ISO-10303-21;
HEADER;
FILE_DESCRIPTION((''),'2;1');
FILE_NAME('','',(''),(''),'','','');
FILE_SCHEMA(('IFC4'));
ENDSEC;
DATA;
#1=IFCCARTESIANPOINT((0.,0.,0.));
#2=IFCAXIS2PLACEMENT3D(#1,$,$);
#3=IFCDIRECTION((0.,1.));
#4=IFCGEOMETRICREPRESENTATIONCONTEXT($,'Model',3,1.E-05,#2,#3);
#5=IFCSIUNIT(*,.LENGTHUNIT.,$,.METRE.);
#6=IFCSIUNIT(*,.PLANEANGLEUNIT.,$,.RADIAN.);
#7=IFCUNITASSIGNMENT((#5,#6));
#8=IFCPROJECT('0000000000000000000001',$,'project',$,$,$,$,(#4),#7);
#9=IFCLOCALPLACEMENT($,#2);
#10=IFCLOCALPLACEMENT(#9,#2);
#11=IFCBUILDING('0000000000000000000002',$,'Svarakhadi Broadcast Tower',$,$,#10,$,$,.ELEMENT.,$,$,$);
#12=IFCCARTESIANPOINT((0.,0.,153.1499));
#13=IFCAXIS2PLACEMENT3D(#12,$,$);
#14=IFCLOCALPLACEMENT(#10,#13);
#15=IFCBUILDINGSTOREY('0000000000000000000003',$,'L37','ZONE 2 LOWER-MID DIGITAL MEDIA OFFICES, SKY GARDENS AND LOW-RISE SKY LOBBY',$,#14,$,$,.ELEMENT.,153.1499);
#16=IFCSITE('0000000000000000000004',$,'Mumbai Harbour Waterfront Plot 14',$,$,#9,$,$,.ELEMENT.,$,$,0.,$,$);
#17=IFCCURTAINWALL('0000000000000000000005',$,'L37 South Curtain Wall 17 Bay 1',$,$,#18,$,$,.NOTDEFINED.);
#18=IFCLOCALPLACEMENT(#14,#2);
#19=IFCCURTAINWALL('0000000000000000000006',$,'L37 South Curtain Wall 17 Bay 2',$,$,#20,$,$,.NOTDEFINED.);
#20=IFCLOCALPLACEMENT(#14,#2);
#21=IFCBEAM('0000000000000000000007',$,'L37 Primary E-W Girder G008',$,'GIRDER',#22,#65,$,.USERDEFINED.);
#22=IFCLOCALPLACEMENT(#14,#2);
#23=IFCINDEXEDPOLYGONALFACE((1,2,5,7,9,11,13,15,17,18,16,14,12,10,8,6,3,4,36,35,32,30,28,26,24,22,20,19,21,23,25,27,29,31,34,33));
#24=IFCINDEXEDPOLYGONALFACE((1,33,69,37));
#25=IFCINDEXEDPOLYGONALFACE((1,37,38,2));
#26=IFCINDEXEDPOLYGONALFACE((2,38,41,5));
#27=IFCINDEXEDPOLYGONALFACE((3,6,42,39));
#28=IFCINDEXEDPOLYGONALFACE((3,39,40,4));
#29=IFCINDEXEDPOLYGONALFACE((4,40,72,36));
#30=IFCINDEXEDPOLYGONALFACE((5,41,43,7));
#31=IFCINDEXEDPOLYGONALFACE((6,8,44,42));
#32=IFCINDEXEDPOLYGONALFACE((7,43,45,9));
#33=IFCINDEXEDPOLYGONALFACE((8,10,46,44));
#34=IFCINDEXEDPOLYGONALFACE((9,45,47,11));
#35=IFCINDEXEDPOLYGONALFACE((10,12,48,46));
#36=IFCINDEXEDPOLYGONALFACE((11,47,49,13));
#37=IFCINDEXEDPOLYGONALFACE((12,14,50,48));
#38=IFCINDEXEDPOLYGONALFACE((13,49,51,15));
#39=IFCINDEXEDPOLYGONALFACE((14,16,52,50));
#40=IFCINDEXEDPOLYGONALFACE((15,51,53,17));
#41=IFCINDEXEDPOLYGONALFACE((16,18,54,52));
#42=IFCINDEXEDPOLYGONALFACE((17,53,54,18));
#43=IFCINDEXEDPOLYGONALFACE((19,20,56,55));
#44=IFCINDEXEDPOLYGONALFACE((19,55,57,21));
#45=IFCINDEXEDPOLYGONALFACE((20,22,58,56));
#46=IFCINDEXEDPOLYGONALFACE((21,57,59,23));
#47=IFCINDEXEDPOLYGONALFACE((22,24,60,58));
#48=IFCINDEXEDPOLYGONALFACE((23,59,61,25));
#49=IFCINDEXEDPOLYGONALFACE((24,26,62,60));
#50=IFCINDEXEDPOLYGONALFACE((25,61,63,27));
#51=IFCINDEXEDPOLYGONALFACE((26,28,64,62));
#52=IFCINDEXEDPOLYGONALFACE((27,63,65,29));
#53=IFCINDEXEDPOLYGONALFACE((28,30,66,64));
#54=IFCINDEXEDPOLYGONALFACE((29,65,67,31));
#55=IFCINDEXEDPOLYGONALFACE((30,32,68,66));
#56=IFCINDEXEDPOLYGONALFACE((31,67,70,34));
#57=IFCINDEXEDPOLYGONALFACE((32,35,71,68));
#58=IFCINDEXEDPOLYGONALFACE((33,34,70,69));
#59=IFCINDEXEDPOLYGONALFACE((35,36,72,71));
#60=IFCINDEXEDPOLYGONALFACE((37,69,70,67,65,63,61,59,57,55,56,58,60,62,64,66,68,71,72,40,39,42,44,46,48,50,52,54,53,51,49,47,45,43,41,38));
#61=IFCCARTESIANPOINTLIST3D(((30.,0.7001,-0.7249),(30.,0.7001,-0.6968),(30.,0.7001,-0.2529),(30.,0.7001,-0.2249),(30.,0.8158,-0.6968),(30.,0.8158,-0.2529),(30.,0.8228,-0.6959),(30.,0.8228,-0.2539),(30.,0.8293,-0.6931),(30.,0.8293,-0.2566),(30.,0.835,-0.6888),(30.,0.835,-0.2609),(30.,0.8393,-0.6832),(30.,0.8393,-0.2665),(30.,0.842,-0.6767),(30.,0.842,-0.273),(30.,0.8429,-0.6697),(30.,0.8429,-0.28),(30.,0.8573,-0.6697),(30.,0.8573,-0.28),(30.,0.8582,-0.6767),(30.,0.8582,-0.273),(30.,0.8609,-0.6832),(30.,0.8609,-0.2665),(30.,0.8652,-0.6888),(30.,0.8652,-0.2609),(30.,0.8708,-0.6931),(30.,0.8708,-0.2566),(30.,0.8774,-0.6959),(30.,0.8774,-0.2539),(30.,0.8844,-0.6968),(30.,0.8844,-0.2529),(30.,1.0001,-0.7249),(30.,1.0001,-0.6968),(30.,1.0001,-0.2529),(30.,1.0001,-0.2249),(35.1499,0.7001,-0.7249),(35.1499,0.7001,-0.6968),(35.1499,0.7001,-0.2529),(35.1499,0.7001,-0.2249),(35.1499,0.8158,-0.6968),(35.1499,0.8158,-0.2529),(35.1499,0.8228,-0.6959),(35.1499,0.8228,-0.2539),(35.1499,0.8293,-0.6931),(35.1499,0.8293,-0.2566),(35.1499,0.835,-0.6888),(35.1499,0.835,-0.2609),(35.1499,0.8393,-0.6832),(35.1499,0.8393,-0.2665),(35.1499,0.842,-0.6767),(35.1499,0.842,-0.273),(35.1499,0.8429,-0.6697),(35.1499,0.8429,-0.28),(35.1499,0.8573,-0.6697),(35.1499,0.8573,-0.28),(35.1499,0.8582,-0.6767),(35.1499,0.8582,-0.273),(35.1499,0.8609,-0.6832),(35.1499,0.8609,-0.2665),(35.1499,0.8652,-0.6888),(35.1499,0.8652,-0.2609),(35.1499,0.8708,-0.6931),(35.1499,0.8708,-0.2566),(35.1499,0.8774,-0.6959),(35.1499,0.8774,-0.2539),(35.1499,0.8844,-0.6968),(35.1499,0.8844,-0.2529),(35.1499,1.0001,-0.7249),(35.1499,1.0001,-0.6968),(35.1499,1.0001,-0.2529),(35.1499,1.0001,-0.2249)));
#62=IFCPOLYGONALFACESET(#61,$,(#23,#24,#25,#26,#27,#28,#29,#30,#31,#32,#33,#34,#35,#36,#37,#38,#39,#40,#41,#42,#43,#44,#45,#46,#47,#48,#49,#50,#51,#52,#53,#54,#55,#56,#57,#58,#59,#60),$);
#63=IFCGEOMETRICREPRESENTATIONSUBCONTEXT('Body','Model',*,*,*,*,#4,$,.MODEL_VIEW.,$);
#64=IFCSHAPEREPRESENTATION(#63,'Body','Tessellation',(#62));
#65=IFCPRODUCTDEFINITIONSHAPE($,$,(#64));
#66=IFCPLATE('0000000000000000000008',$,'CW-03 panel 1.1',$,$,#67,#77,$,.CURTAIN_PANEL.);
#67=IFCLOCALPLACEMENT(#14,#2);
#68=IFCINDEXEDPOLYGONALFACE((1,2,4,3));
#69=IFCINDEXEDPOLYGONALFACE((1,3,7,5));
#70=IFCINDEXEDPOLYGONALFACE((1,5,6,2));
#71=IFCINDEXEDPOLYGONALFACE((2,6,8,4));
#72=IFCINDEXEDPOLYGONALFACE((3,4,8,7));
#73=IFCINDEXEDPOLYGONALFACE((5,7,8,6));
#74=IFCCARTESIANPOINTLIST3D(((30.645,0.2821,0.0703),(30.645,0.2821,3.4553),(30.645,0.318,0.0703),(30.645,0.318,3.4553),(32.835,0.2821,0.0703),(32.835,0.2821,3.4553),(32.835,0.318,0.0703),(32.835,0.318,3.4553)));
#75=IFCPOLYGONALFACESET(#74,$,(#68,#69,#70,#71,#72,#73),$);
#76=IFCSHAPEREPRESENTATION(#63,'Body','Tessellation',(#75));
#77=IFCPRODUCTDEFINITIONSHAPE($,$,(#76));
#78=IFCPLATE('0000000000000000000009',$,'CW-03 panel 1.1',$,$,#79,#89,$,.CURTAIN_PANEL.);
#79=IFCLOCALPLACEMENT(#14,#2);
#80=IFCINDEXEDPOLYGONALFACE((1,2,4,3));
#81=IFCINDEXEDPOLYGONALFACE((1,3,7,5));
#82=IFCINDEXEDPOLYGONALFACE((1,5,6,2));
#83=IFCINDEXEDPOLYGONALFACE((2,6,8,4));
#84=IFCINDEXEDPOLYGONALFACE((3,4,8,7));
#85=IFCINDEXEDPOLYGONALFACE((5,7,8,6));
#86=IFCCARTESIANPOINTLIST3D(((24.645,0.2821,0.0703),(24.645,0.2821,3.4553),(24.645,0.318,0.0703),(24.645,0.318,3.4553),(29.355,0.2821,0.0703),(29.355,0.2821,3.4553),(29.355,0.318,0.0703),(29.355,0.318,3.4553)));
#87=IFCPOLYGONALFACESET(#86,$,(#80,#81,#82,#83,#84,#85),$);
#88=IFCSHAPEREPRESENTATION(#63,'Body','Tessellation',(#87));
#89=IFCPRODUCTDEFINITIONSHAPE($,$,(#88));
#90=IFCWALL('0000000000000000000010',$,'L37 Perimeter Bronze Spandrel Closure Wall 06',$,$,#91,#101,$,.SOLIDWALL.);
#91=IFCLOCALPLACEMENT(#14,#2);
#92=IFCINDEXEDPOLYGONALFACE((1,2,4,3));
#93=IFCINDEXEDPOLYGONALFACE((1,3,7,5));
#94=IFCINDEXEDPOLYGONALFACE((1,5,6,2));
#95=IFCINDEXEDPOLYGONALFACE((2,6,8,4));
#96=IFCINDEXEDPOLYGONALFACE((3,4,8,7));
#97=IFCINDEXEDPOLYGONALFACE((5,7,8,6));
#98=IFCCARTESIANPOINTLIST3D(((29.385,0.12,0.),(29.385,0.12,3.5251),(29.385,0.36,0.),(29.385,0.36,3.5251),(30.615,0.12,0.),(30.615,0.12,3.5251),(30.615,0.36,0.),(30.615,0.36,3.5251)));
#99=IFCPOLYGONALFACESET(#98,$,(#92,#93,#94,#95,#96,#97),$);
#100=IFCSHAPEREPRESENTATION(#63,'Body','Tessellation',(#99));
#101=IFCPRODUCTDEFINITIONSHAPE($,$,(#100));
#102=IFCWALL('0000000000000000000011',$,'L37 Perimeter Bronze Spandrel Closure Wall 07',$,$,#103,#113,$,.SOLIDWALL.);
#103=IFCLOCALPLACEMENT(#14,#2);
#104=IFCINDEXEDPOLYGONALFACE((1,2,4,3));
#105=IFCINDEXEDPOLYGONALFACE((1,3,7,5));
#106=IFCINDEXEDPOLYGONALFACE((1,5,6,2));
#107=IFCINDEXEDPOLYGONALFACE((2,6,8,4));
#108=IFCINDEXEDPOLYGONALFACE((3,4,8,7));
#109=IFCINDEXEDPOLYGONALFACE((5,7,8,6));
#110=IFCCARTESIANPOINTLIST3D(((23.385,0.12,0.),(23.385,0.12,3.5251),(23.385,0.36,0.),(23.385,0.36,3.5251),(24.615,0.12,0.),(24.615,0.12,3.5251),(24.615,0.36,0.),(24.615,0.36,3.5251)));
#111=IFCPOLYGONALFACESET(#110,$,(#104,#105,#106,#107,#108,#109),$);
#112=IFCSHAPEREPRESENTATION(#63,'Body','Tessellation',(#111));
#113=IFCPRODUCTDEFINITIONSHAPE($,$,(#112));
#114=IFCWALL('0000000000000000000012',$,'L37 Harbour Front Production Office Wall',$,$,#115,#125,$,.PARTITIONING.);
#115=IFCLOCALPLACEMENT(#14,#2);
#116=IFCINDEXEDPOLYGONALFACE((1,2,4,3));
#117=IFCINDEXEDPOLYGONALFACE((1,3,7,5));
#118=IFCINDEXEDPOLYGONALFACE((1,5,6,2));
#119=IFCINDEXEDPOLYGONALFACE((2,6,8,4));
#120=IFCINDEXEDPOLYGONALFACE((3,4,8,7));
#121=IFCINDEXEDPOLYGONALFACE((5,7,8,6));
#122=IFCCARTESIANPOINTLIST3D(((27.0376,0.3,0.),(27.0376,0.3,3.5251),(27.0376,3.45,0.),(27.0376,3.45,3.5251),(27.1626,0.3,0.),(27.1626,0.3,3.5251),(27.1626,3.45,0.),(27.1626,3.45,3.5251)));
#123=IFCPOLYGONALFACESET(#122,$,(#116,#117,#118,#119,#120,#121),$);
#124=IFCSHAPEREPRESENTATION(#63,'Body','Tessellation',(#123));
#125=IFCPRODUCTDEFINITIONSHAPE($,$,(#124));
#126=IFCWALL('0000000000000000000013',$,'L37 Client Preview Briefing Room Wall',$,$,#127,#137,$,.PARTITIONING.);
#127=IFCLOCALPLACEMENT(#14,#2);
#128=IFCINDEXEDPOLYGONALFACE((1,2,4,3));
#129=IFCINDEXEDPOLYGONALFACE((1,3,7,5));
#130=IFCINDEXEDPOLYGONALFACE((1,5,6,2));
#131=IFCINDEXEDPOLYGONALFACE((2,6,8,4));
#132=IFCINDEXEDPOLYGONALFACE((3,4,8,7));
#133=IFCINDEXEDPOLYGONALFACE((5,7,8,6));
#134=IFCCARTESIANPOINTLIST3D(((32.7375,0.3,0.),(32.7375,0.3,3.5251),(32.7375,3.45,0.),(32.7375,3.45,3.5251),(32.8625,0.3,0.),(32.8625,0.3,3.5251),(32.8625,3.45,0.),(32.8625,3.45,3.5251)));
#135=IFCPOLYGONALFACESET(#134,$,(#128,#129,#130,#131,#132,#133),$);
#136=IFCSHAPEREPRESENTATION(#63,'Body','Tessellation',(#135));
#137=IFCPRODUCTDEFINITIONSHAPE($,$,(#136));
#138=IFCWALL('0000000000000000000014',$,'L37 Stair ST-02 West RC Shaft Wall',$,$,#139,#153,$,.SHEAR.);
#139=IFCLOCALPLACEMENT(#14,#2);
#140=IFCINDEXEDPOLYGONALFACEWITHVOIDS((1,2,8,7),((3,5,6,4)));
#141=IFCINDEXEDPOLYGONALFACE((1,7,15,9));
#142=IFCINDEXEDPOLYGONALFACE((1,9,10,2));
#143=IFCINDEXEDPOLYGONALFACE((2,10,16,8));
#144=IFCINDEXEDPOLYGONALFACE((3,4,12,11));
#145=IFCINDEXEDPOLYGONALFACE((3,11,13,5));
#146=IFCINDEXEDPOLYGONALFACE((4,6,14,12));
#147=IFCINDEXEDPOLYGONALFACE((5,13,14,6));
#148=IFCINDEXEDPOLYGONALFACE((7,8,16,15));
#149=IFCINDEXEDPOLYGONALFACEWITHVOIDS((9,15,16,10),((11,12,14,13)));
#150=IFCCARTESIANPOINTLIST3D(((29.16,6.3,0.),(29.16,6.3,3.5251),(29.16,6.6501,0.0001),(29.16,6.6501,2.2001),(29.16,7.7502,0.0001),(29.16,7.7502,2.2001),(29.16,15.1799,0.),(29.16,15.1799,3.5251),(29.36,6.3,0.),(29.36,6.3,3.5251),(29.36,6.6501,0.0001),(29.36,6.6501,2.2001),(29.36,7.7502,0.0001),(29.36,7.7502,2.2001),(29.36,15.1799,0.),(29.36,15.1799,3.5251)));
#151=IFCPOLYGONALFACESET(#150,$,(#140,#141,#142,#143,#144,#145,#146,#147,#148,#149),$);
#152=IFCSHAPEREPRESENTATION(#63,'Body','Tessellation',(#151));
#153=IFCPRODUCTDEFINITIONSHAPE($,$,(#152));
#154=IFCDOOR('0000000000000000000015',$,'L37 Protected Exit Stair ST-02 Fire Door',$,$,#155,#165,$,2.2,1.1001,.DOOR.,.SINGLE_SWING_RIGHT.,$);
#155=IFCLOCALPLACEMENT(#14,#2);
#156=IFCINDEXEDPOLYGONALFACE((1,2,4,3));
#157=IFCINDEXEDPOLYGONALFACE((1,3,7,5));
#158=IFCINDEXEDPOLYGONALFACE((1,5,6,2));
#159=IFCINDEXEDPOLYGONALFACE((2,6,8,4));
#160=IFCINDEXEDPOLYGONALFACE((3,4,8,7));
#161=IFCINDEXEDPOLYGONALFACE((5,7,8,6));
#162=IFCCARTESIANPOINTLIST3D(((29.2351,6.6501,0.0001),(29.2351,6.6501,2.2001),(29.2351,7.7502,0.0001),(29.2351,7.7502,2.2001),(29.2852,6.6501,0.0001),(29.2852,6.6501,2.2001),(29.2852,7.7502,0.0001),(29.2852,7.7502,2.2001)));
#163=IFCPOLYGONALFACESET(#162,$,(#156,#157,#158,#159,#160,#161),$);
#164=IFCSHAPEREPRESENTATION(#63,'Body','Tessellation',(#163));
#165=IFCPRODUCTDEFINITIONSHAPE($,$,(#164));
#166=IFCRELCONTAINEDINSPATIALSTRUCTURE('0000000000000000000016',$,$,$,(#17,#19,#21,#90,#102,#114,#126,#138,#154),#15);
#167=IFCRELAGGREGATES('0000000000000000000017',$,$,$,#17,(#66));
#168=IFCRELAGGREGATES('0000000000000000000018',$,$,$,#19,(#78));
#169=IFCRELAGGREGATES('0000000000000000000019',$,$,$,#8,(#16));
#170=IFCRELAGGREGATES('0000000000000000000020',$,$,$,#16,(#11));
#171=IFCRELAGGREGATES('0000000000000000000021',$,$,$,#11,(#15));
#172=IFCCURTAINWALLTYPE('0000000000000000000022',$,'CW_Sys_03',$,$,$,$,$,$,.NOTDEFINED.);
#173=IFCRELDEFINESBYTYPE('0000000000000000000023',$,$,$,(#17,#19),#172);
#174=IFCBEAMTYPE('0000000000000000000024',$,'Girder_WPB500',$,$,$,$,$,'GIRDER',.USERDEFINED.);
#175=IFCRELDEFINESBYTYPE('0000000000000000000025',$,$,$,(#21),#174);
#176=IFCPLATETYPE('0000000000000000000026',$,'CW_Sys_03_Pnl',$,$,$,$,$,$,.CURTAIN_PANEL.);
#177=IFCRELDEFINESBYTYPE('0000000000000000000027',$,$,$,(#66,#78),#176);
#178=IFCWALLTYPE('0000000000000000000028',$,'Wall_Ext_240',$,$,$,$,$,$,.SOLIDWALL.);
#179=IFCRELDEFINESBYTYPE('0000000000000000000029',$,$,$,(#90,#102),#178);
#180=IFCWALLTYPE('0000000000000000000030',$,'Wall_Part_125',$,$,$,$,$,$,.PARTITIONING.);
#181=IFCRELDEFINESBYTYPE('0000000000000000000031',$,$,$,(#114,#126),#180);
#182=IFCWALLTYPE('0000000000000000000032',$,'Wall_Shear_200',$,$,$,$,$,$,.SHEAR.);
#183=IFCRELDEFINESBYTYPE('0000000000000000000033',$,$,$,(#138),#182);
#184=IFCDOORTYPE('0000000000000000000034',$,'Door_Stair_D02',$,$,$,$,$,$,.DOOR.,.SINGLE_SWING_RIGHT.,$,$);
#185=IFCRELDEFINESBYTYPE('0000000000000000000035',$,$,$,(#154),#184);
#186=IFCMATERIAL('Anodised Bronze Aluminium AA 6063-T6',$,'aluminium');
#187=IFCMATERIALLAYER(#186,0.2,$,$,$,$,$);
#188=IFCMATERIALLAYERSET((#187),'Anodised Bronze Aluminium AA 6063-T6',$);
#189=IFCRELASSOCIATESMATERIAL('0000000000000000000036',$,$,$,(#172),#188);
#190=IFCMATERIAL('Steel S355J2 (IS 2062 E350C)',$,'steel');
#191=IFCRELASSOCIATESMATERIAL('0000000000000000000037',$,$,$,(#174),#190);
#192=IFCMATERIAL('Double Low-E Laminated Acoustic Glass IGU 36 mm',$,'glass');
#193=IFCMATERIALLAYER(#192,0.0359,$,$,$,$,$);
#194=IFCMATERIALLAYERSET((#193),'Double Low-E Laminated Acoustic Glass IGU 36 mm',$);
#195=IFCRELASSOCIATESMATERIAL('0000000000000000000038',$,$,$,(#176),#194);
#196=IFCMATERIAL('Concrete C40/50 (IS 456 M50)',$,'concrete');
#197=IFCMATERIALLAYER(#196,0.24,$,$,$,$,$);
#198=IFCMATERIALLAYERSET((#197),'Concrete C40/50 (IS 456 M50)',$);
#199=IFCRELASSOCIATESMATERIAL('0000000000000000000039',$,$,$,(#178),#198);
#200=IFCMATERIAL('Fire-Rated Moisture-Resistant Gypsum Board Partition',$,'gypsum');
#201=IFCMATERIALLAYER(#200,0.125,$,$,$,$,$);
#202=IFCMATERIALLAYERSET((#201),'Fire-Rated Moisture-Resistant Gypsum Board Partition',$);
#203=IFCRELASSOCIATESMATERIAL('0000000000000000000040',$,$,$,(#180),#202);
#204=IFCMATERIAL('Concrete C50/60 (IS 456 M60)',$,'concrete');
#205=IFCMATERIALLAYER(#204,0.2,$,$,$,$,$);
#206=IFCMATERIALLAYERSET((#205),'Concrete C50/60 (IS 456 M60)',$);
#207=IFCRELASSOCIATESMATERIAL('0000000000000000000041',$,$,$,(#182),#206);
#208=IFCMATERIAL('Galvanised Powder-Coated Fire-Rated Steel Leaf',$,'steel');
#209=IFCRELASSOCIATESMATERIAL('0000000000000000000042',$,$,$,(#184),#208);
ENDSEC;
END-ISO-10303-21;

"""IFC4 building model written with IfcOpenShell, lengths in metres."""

from ifc_helpers import new_model, si_unit, direction, frame, frame_2d, origin, origin_2d, place, context, subcontext, project, spatial, rectangle, i_section, extrude, material, layer, layer_set, material_profile, profile_set, type_object, element, fill, aggregate, save


model = new_model("IFC4")

# Units and contexts
model_context = context("Model", 3, precision=1e-05, world=origin(), true_north=direction((0.0, 1.0)))
body_context = subcontext(model_context, "Body", "Model", "MODEL_VIEW")
ifc_project = project(units=[si_unit("LENGTHUNIT", "METRE"), si_unit("PLANEANGLEUNIT", "RADIAN")], contexts=[model_context])

# Site, building, storey
site_placement = place(None, origin())
site = spatial("IfcSite", under=ifc_project, at=site_placement, Name="Mumbai Harbour Waterfront Plot 14", CompositionType="ELEMENT", RefElevation=0.0)
building_placement = place(site_placement, origin())
building = spatial("IfcBuilding", under=site, at=building_placement, Name="Svarakhadi Broadcast Tower", CompositionType="ELEMENT")
storey_placement = place(building_placement, frame((0.0, 0.0, 153.1499)))
storey = spatial("IfcBuildingStorey", under=building, at=storey_placement, Name="L37", Description="ZONE 2 LOWER-MID DIGITAL MEDIA OFFICES, SKY GARDENS AND LOW-RISE SKY LOBBY", CompositionType="ELEMENT", Elevation=153.1499)

# Shared definitions
ifc_material_1 = material(Name="Concrete C50/60 (IS 456 M60)", Category="concrete")

# Curtain walls
ifc_material_2 = material(Name="Anodised Bronze Aluminium AA 6063-T6", Category="aluminium")
ifc_layer_1 = layer(ifc_material_2, 0.2)
ifc_layer_set_1 = layer_set([ifc_layer_1], Name="Anodised Bronze Aluminium AA 6063-T6")
curtain_wall_type = type_object("IfcCurtainWallType", Name="CW_Sys_03", PredefinedType="NOTDEFINED", material=ifc_layer_set_1)
curtain_wall_1_placement = place(storey_placement, origin())
curtain_wall_1 = element("IfcCurtainWall", 1, at=curtain_wall_1_placement, inside=storey, type_object=curtain_wall_type, Name="L37 South Curtain Wall 17 Bay 1", PredefinedType="NOTDEFINED")
curtain_wall_2_placement = place(storey_placement, origin())
curtain_wall_2 = element("IfcCurtainWall", 2, at=curtain_wall_2_placement, inside=storey, type_object=curtain_wall_type, Name="L37 South Curtain Wall 17 Bay 2", PredefinedType="NOTDEFINED")

# Beam
ifc_material_3 = material(Name="Steel S355J2 (IS 2062 E350C)", Category="steel")
ifc_material_profile_1 = material_profile(ifc_material_3, i_section(OverallWidth=0.3, OverallDepth=0.5, WebThickness=0.0144, FlangeThickness=0.0281, FilletRadius=0.0271, at=origin_2d()), Name="WPB 500x300x187")
ifc_profile_set_1 = profile_set([ifc_material_profile_1], Name="Steel S355J2 (IS 2062 E350C)")
beam_type_1 = type_object("IfcBeamType", Name="Girder_WPB500", ElementType="GIRDER", PredefinedType="USERDEFINED", material=ifc_profile_set_1)
beam_1_placement = place(storey_placement, frame((30.0, 0.8501, -0.4749), z_axis=(1.0, 0.0, 0.0), x_axis=(0.0, 1.0, 0.0)))
element("IfcBeam", 3, at=beam_1_placement, inside=storey, type_object=beam_type_1, Name="L37 Primary E-W Girder G008", ObjectType="GIRDER", PredefinedType="USERDEFINED", context=body_context, shape_type="SweptSolid", body=[
    extrude(i_section(OverallWidth=0.3, OverallDepth=0.5, WebThickness=0.0144, FlangeThickness=0.0281, FilletRadius=0.0271, at=origin_2d()), origin(), (0.0, 0.0, 1.0), 5.1499),
])

# Plates
ifc_material_4 = material(Name="Double Low-E Laminated Acoustic Glass IGU 36 mm", Category="glass")
ifc_layer_2 = layer(ifc_material_4, 0.0359)
ifc_layer_set_2 = layer_set([ifc_layer_2], Name="Double Low-E Laminated Acoustic Glass IGU 36 mm")
plate_type = type_object("IfcPlateType", Name="CW_Sys_03_Pnl", PredefinedType="CURTAIN_PANEL", material=ifc_layer_set_2)
plate_1_placement = place(storey_placement, frame((31.74, 0.3, 0.0703), z_axis=(0.0, 0.0, 1.0), x_axis=(-1.0, 0.0, 0.0)))
plate_1 = element("IfcPlate", 4, at=plate_1_placement, type_object=plate_type, Name="CW-03 panel 1.1", PredefinedType="CURTAIN_PANEL", context=body_context, shape_type="SweptSolid", body=[
    extrude(rectangle(XDim=2.1899, YDim=0.0359, at=origin_2d()), origin(), (0.0, 0.0, 1.0), 3.385),
])
aggregate(curtain_wall_1, [plate_1])
plate_2_placement = place(storey_placement, frame((27.0, 0.3, 0.0703), z_axis=(0.0, 0.0, 1.0), x_axis=(-1.0, 0.0, 0.0)))
plate_2 = element("IfcPlate", 5, at=plate_2_placement, type_object=plate_type, Name="CW-03 panel 1.1", PredefinedType="CURTAIN_PANEL", context=body_context, shape_type="SweptSolid", body=[
    extrude(rectangle(XDim=4.71, YDim=0.0359, at=origin_2d()), origin(), (0.0, 0.0, 1.0), 3.385),
])
aggregate(curtain_wall_2, [plate_2])

# Walls
ifc_material_5 = material(Name="Concrete C40/50 (IS 456 M50)", Category="concrete")
ifc_layer_3 = layer(ifc_material_5, 0.24)
ifc_layer_set_3 = layer_set([ifc_layer_3], Name="Concrete C40/50 (IS 456 M50)")
wall_type_1 = type_object("IfcWallType", Name="Wall_Ext_240", PredefinedType="SOLIDWALL", material=ifc_layer_set_3)
for number, where, z_axis, x_axis, name in (
    (6, (30.615, 0.24, 0.0), (0.0, 0.0, 1.0), (-1.0, 0.0, 0.0), "L37 Perimeter Bronze Spandrel Closure Wall 06"),
    (7, (24.615, 0.24, 0.0), (0.0, 0.0, 1.0), (-1.0, 0.0, 0.0), "L37 Perimeter Bronze Spandrel Closure Wall 07"),
):
    element("IfcWall", number, at=place(storey_placement, frame(where, z_axis=z_axis, x_axis=x_axis)), inside=storey, type_object=wall_type_1, Name=name, PredefinedType="SOLIDWALL", context=body_context, shape_type="SweptSolid", body=[
        extrude(rectangle(XDim=1.23, YDim=0.24, at=frame_2d((0.615, 0.0))), origin(), (0.0, 0.0, 1.0), 3.5251),
    ])
ifc_material_6 = material(Name="Fire-Rated Moisture-Resistant Gypsum Board Partition", Category="gypsum")
ifc_layer_4 = layer(ifc_material_6, 0.125)
ifc_layer_set_4 = layer_set([ifc_layer_4], Name="Fire-Rated Moisture-Resistant Gypsum Board Partition")
wall_type_2 = type_object("IfcWallType", Name="Wall_Part_125", PredefinedType="PARTITIONING", material=ifc_layer_set_4)
for number, where, z_axis, x_axis, name in (
    (8, (27.1001, 0.3, 0.0), (0.0, 0.0, 1.0), (0.0, 1.0, 0.0), "L37 Harbour Front Production Office Wall"),
    (9, (32.8, 0.3, 0.0), (0.0, 0.0, 1.0), (0.0, 1.0, 0.0), "L37 Client Preview Briefing Room Wall"),
):
    element("IfcWall", number, at=place(storey_placement, frame(where, z_axis=z_axis, x_axis=x_axis)), inside=storey, type_object=wall_type_2, Name=name, PredefinedType="PARTITIONING", context=body_context, shape_type="SweptSolid", body=[
        extrude(rectangle(XDim=3.1499, YDim=0.125, at=frame_2d((1.575, 0.0))), origin(), (0.0, 0.0, 1.0), 3.5251),
    ])

# Wall, opening, door
ifc_layer_5 = layer(ifc_material_1, 0.2)
ifc_layer_set_5 = layer_set([ifc_layer_5], Name="Concrete C50/60 (IS 456 M60)")
wall_type_3 = type_object("IfcWallType", Name="Wall_Shear_200", PredefinedType="SHEAR", material=ifc_layer_set_5)
wall_1_placement = place(storey_placement, frame((29.26, 6.3, 0.0), z_axis=(0.0, 0.0, 1.0), x_axis=(0.0, 1.0, 0.0)))
wall_1 = element("IfcWall", 10, at=wall_1_placement, inside=storey, type_object=wall_type_3, Name="L37 Stair ST-02 West RC Shaft Wall", PredefinedType="SHEAR", context=body_context, shape_type="SweptSolid", body=[
    extrude(rectangle(XDim=8.8799, YDim=0.2, at=frame_2d((4.4399, 0.0))), origin(), (0.0, 0.0, 1.0), 3.5251),
])
opening_1_placement = place(wall_1_placement, frame((0.3501, 0.0, 0.0)))
opening_1 = element("IfcOpeningElement", 11, at=opening_1_placement, cuts=wall_1, PredefinedType="OPENING", context=body_context, shape_type="SweptSolid", body=[
    extrude(rectangle(XDim=1.1001, YDim=2.2, at=frame_2d((0.55, 1.1001))), frame((0.0, 0.1099, 0.0), z_axis=(0.0, -1.0, 0.0), x_axis=(1.0, 0.0, 0.0)), (0.0, 0.0, 1.0), 0.22),
])
ifc_material_7 = material(Name="Galvanised Powder-Coated Fire-Rated Steel Leaf", Category="steel")
door_type_1 = type_object("IfcDoorType", Name="Door_Stair_D02", OperationType="SINGLE_SWING_RIGHT", PredefinedType="DOOR", material=ifc_material_7)
door_1_placement = place(opening_1_placement, origin())
door_1 = element("IfcDoor", 12, at=door_1_placement, inside=storey, type_object=door_type_1, Name="L37 Protected Exit Stair ST-02 Fire Door", OperationType="SINGLE_SWING_RIGHT", OverallHeight=2.2, OverallWidth=1.1001, PredefinedType="DOOR", context=body_context, shape_type="SweptSolid", body=[
    extrude(rectangle(XDim=1.1001, YDim=2.2, at=frame_2d((0.55, 1.1001))), frame((0.0, 0.0249, 0.0), z_axis=(0.0, -1.0, 0.0), x_axis=(1.0, 0.0, 0.0)), (0.0, 0.0, 1.0), 0.05),
])
fill(opening_1, door_1)

save(model, "model.ifc")
